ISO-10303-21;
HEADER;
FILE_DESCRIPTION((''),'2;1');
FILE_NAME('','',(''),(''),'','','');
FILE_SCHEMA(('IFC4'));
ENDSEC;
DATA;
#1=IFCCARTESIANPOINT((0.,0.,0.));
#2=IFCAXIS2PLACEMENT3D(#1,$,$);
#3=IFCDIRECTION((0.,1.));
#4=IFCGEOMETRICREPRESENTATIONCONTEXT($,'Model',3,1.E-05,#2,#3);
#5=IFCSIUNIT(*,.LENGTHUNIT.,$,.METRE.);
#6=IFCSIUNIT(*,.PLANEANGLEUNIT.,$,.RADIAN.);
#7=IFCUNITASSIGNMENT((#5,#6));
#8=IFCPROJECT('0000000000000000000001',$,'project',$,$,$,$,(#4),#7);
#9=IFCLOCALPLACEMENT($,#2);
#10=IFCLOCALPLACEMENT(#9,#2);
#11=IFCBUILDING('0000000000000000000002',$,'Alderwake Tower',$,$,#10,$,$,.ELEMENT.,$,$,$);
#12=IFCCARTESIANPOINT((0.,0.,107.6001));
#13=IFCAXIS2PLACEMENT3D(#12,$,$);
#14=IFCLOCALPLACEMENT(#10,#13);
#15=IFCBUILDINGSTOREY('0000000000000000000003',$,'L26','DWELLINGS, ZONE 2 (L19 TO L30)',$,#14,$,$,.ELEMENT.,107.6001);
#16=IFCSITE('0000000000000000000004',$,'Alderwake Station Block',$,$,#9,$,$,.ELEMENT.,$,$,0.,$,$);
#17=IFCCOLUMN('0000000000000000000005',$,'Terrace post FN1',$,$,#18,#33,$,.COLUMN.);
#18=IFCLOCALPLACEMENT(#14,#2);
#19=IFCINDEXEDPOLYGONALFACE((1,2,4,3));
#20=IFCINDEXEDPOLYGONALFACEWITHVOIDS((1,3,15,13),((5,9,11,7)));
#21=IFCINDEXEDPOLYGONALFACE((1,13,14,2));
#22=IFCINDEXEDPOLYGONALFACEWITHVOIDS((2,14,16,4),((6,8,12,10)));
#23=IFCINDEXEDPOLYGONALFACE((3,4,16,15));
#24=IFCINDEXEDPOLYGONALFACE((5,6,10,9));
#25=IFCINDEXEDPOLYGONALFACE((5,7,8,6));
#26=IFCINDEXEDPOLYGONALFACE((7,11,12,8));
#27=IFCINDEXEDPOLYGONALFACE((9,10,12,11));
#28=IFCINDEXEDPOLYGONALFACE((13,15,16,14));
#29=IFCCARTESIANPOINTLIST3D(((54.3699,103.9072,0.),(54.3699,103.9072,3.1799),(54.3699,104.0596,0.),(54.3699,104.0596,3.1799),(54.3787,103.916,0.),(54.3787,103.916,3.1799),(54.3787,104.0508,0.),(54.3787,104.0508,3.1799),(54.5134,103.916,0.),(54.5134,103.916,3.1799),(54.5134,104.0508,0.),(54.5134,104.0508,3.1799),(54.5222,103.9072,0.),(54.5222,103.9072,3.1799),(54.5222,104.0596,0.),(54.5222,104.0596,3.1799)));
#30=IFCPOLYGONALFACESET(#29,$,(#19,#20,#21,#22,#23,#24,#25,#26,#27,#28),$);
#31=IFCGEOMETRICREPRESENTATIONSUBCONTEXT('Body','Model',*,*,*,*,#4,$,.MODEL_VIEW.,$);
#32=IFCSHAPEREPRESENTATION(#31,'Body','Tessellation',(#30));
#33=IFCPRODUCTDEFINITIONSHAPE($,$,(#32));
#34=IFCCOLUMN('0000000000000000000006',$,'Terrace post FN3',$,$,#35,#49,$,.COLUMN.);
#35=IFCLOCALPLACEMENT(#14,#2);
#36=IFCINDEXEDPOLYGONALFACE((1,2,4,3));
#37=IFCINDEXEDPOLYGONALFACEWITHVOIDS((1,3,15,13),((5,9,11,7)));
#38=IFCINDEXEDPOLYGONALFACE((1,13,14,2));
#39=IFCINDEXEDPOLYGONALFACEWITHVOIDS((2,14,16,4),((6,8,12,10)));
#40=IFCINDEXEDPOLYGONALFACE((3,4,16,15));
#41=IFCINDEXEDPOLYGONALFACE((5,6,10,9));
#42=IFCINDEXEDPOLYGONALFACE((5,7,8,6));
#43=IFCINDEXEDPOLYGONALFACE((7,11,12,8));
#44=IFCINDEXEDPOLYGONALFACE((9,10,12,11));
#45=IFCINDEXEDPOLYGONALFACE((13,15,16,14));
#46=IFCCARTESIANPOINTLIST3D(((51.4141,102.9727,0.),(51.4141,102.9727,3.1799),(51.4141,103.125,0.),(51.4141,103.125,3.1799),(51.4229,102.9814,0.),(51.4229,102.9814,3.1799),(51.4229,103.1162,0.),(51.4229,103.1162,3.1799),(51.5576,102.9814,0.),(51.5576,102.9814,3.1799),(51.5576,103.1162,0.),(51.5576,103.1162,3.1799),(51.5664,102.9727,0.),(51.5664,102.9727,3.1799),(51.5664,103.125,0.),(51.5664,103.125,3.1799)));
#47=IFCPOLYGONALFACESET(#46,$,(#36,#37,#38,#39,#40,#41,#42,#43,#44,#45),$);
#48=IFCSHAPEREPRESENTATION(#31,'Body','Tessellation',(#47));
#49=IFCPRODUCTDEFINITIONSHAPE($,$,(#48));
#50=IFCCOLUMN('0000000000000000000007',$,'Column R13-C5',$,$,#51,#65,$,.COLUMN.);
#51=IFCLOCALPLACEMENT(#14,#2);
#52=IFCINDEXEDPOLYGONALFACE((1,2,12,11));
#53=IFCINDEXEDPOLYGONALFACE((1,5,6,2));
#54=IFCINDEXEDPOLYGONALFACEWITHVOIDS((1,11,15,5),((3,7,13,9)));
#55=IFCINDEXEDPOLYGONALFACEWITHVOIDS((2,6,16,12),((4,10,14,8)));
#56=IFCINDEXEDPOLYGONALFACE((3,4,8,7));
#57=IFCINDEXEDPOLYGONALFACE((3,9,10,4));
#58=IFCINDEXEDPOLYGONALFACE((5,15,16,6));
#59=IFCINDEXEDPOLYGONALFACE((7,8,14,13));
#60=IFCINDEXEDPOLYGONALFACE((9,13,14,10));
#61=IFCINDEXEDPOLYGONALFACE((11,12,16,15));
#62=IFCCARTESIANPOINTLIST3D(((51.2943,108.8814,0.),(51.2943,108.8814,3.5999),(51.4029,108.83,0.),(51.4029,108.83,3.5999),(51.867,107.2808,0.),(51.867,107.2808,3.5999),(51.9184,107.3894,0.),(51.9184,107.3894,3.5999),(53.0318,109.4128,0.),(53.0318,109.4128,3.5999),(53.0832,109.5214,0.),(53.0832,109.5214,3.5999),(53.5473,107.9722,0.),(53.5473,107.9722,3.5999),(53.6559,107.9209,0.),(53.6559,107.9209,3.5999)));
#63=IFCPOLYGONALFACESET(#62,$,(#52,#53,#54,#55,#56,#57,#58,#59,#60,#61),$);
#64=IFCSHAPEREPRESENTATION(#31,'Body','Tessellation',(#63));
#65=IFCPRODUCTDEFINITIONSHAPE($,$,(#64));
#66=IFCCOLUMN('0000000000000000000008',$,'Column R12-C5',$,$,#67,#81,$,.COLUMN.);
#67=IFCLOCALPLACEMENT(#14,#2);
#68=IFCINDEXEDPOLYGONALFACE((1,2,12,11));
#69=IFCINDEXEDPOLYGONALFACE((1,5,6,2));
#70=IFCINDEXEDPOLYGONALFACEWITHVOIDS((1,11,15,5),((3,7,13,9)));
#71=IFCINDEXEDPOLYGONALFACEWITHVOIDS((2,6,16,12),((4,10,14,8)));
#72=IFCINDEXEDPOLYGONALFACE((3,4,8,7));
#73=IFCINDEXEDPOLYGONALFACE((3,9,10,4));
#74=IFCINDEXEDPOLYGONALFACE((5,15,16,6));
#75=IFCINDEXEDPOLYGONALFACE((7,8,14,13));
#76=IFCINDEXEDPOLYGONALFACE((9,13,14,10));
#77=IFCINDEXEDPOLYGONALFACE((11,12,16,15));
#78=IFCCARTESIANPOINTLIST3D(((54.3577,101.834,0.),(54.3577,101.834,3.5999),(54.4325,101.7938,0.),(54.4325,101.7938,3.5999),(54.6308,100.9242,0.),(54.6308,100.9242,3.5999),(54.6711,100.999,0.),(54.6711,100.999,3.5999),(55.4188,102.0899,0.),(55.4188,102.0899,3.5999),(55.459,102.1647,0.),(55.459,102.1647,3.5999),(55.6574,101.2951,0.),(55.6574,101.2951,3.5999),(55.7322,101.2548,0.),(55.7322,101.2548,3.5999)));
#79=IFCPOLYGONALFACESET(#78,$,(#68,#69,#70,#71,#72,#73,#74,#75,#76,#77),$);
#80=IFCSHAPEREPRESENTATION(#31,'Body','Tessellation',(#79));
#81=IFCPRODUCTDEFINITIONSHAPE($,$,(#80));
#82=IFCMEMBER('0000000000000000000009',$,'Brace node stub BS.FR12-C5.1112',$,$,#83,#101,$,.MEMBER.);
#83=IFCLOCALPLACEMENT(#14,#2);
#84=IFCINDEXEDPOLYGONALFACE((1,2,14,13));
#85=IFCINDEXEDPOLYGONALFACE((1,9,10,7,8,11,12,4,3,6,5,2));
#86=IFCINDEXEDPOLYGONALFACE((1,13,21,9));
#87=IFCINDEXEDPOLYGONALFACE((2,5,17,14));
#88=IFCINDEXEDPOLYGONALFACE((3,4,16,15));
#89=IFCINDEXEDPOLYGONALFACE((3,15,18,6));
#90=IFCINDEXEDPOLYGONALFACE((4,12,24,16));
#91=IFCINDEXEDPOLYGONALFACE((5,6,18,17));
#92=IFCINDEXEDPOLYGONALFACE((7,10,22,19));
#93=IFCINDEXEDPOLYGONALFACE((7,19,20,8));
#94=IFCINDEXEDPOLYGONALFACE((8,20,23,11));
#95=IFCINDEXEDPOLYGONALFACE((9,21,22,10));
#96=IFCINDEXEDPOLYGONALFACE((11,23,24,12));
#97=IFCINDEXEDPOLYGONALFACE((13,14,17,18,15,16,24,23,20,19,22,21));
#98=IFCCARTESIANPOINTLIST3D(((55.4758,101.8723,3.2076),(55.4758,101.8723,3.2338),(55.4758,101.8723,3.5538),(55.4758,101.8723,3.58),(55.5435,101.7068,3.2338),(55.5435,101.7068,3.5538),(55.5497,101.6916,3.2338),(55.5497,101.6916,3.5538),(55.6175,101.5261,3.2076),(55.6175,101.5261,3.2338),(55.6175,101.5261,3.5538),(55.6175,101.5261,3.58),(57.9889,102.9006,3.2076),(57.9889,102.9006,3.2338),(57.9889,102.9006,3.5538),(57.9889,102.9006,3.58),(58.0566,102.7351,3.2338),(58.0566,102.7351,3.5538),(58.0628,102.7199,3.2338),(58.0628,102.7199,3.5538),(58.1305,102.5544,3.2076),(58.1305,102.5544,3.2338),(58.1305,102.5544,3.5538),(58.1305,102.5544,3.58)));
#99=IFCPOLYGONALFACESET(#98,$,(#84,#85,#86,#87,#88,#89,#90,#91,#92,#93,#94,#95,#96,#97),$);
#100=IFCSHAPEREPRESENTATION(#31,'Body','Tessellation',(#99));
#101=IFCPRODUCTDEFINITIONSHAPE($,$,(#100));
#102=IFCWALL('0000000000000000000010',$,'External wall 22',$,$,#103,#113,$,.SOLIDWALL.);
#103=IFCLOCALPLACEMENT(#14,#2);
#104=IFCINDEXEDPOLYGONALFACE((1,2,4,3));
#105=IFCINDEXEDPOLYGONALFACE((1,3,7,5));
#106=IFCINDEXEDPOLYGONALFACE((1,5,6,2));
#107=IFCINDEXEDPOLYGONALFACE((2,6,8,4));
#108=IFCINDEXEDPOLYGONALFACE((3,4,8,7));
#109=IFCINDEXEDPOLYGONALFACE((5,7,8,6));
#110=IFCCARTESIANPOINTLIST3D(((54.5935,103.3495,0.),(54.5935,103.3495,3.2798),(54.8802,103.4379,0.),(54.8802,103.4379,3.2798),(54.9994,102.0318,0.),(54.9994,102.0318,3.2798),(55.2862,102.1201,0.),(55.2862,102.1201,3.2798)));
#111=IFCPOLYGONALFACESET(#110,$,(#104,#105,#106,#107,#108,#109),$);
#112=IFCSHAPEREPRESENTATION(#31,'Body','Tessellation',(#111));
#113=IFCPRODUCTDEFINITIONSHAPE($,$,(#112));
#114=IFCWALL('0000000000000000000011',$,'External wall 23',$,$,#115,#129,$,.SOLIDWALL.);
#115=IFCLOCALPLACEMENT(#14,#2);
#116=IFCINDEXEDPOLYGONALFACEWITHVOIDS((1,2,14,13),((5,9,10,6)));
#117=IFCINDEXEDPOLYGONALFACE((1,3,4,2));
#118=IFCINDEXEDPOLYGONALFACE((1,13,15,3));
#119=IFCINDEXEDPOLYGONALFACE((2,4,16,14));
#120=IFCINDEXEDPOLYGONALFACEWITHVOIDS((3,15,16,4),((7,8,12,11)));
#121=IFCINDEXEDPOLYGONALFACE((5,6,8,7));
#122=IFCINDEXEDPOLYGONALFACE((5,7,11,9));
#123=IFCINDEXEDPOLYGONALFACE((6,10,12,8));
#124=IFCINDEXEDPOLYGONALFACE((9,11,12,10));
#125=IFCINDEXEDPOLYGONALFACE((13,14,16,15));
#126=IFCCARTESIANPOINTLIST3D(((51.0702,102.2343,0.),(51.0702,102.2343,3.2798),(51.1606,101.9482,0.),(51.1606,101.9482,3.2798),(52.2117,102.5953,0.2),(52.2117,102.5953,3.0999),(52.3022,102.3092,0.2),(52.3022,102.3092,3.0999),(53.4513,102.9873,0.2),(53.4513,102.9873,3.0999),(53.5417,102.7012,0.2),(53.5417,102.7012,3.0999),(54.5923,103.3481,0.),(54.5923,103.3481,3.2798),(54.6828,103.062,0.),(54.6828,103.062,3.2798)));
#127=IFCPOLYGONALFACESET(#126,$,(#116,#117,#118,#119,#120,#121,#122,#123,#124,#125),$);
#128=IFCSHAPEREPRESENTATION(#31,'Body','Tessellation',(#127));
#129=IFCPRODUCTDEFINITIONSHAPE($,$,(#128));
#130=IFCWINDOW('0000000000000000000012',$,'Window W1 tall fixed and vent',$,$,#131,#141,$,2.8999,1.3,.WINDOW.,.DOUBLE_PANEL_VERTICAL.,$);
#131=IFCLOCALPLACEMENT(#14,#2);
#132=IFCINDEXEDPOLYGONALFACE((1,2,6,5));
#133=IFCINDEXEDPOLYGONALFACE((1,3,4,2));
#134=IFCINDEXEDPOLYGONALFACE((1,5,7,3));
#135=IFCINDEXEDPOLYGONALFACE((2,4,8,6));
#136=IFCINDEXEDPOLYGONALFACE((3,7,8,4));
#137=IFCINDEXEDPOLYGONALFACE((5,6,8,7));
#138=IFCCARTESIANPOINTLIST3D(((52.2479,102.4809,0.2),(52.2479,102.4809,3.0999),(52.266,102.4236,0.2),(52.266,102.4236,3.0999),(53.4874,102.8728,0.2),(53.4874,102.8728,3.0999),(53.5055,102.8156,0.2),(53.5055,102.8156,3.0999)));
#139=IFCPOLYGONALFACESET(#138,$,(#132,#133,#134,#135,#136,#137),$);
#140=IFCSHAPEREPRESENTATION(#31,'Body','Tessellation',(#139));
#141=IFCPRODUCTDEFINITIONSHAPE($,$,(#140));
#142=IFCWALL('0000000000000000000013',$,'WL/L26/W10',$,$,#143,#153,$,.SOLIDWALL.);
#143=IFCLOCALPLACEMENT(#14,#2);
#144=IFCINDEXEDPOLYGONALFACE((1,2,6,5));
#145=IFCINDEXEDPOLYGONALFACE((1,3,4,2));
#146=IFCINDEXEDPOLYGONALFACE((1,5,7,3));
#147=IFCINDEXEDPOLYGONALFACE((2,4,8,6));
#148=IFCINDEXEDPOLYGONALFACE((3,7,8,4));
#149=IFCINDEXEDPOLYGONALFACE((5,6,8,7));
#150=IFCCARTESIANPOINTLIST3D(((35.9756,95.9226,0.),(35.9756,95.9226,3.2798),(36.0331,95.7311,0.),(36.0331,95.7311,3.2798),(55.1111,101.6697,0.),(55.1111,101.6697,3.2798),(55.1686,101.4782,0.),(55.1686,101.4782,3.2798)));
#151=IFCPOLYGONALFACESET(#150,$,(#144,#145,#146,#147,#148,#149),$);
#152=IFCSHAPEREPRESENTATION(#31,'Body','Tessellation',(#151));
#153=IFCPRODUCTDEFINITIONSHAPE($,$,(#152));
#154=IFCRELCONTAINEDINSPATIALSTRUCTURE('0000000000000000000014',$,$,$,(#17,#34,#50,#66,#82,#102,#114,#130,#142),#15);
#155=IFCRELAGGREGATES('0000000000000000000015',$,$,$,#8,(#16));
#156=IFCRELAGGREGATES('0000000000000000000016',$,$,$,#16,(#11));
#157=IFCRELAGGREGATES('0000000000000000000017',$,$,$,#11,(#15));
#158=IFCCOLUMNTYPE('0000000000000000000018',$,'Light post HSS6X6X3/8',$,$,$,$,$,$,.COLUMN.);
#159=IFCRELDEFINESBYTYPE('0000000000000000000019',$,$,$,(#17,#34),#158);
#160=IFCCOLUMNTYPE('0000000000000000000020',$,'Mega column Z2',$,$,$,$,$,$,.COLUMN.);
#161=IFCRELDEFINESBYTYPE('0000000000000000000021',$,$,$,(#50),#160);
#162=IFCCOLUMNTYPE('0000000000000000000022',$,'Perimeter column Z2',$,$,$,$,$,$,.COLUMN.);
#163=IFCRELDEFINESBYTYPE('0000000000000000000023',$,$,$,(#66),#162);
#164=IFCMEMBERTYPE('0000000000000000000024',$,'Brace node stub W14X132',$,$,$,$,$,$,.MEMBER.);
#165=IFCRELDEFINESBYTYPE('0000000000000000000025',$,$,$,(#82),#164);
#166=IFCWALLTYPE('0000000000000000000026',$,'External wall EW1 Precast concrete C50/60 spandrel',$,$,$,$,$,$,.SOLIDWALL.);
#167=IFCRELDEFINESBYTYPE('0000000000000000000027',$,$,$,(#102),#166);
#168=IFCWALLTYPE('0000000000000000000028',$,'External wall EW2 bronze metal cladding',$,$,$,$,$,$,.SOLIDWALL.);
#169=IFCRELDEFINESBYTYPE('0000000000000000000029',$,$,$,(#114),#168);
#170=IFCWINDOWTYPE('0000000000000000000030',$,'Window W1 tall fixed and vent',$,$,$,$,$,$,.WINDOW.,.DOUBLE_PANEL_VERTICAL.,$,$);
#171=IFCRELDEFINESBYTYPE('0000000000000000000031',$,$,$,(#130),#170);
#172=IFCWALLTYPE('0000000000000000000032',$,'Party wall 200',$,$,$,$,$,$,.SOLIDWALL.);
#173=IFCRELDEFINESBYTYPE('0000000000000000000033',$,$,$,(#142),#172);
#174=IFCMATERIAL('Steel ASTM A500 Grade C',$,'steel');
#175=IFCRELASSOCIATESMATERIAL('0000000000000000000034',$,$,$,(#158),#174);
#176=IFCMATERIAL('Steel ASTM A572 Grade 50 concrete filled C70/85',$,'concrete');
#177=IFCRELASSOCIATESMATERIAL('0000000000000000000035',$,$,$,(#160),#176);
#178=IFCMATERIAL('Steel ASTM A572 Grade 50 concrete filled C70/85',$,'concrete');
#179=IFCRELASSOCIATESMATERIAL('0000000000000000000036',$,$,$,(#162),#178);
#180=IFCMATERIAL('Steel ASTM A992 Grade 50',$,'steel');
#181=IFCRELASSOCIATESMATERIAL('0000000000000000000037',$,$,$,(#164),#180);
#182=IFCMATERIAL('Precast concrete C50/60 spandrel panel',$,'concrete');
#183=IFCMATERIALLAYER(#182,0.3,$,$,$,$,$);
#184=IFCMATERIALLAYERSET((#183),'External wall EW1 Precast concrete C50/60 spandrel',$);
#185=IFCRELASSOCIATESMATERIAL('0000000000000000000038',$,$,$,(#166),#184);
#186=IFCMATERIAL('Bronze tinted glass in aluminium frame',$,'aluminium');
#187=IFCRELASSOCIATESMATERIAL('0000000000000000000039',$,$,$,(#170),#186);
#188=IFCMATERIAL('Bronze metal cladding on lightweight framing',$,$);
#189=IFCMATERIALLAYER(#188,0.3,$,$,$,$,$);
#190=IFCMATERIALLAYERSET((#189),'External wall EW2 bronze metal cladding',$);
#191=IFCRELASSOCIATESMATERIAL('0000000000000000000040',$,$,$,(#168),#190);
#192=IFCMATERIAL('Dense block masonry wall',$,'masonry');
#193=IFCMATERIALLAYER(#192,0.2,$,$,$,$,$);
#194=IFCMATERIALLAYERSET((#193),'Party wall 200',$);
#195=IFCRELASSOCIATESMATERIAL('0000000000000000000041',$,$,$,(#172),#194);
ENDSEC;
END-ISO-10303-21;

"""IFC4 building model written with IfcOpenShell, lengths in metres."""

from ifc_helpers import new_model, si_unit, direction, frame, frame_2d, origin, origin_2d, place, context, subcontext, project, spatial, rectangle, hollow_rectangle, i_section, extrude, material, layer, layer_set, material_profile, profile_set, type_object, element, fill, save


model = new_model("IFC4")

# Units and contexts
model_context = context("Model", 3, precision=1e-05, world=origin(), true_north=direction((0.0, 1.0)))
body_context = subcontext(model_context, "Body", "Model", "MODEL_VIEW")
ifc_project = project(units=[si_unit("LENGTHUNIT", "METRE"), si_unit("PLANEANGLEUNIT", "RADIAN")], contexts=[model_context])

# Site, building, storey
site_placement = place(None, origin())
site = spatial("IfcSite", under=ifc_project, at=site_placement, Name="Alderwake Station Block", CompositionType="ELEMENT", RefElevation=0.0)
building_placement = place(site_placement, origin())
building = spatial("IfcBuilding", under=site, at=building_placement, Name="Alderwake Tower", CompositionType="ELEMENT")
storey_placement = place(building_placement, frame((0.0, 0.0, 107.6001)))
storey = spatial("IfcBuildingStorey", under=building, at=storey_placement, Name="L26", Description="DWELLINGS, ZONE 2 (L19 TO L30)", CompositionType="ELEMENT", Elevation=107.6001)

# Columns
ifc_material_1 = material(Name="Steel ASTM A500 Grade C", Category="steel")
ifc_material_profile_1 = material_profile(ifc_material_1, hollow_rectangle(XDim=0.1523, YDim=0.1523, WallThickness=0.0088, at=origin_2d()), Name="HSS6X6X3/8")
ifc_profile_set_1 = profile_set([ifc_material_profile_1], Name="Steel ASTM A500 Grade C")
column_type_1 = type_object("IfcColumnType", Name="Light post HSS6X6X3/8", PredefinedType="COLUMN", material=ifc_profile_set_1)
for number, where, z_axis, x_axis, name in (
    (1, (54.446, 103.9834, 0.0), (0.0, 0.0, 1.0), (1.0, 0.0, 0.0), "Terrace post FN1"),
    (2, (51.4902, 103.0488, 0.0), (0.0, 0.0, 1.0), (1.0, 0.0, 0.0), "Terrace post FN3"),
):
    element("IfcColumn", number, at=place(storey_placement, frame(where, z_axis=z_axis, x_axis=x_axis)), inside=storey, type_object=column_type_1, Name=name, PredefinedType="COLUMN", context=body_context, shape_type="SweptSolid", body=[
        extrude(hollow_rectangle(XDim=0.1523, YDim=0.1523, WallThickness=0.0088, at=origin_2d()), origin(), (0.0, 0.0, 1.0), 3.1799),
    ])
ifc_material_2 = material(Name="Steel ASTM A572 Grade 50 concrete filled C70/85", Category="concrete")
ifc_material_profile_2 = material_profile(ifc_material_2, hollow_rectangle(XDim=1.7, YDim=1.8999, WallThickness=0.085, at=origin_2d()), Name="BOX 1900X1700X85")
ifc_profile_set_2 = profile_set([ifc_material_profile_2], Name="Steel ASTM A572 Grade 50 concrete filled C70/85")
column_type_2 = type_object("IfcColumnType", Name="Mega column Z2", PredefinedType="COLUMN", material=ifc_profile_set_2)
column_1_placement = place(storey_placement, frame((52.4751, 108.4011, 0.0), z_axis=(0.0, 0.0, 1.0), x_axis=(-0.336895, 0.941542, 0.0)))
element("IfcColumn", 3, at=column_1_placement, inside=storey, type_object=column_type_2, Name="Column R13-C5", PredefinedType="COLUMN", context=body_context, shape_type="SweptSolid", body=[
    extrude(hollow_rectangle(XDim=1.7, YDim=1.8999, WallThickness=0.085, at=origin_2d()), origin(), (0.0, 0.0, 1.0), 3.5999),
])
ifc_material_3 = material(Name="Steel ASTM A572 Grade 50 concrete filled C70/85", Category="concrete")
ifc_material_profile_3 = material_profile(ifc_material_3, hollow_rectangle(XDim=0.95, YDim=1.1499, WallThickness=0.0601, at=origin_2d()), Name="BOX 1150X950X60")
ifc_profile_set_3 = profile_set([ifc_material_profile_3], Name="Steel ASTM A572 Grade 50 concrete filled C70/85")
column_type_3 = type_object("IfcColumnType", Name="Perimeter column Z2", PredefinedType="COLUMN", material=ifc_profile_set_3)
column_2_placement = place(storey_placement, frame((55.0449, 101.5444, 0.0), z_axis=(0.0, 0.0, 1.0), x_axis=(-0.287549, 0.957766, 0.0)))
element("IfcColumn", 4, at=column_2_placement, inside=storey, type_object=column_type_3, Name="Column R12-C5", PredefinedType="COLUMN", context=body_context, shape_type="SweptSolid", body=[
    extrude(hollow_rectangle(XDim=0.95, YDim=1.1499, WallThickness=0.0601, at=origin_2d()), origin(), (0.0, 0.0, 1.0), 3.5999),
])

# Member
ifc_material_4 = material(Name="Steel ASTM A992 Grade 50", Category="steel")
ifc_material_profile_4 = material_profile(ifc_material_4, i_section(OverallWidth=0.374, OverallDepth=0.3723, WebThickness=0.0164, FlangeThickness=0.0261, at=origin_2d()), Name="W14X132")
ifc_profile_set_4 = profile_set([ifc_material_profile_4], Name="Steel ASTM A992 Grade 50")
member_type = type_object("IfcMemberType", Name="Brace node stub W14X132", PredefinedType="MEMBER", material=ifc_profile_set_4)
member_placement = place(storey_placement, frame((55.5466, 101.6992, 3.3938), z_axis=(0.925521, 0.378696, 0.0), x_axis=(-0.378696, 0.925521, 0.0)))
element("IfcMember", 5, at=member_placement, inside=storey, type_object=member_type, Name="Brace node stub BS.FR12-C5.1112", PredefinedType="MEMBER", context=body_context, shape_type="SweptSolid", body=[
    extrude(i_section(OverallWidth=0.374, OverallDepth=0.3723, WebThickness=0.0164, FlangeThickness=0.0261, at=origin_2d()), origin(), (0.0, 0.0, 1.0), 2.7153),
])

# Shared definitions
ifc_material_5 = material(Name="Precast concrete C50/60 spandrel panel", Category="concrete")
ifc_layer_1 = layer(ifc_material_5, 0.3)
ifc_layer_set_1 = layer_set([ifc_layer_1], Name="External wall EW1 Precast concrete C50/60 spandrel")
wall_type_1 = type_object("IfcWallType", Name="External wall EW1 Precast concrete C50/60 spandrel", PredefinedType="SOLIDWALL", material=ifc_layer_set_1)
ifc_material_6 = material(Name="Bronze tinted glass in aluminium frame", Category="aluminium")
window_type = type_object("IfcWindowType", Name="Window W1 tall fixed and vent", PartitioningType="DOUBLE_PANEL_VERTICAL", PredefinedType="WINDOW", material=ifc_material_6)

# Wall
wall_1_placement = place(storey_placement, frame((55.1428, 102.0759, 0.0), z_axis=(0.0, 0.0, 1.0), x_axis=(-0.294422, 0.955676, 0.0)))
element("IfcWall", 6, at=wall_1_placement, inside=storey, type_object=wall_type_1, Name="External wall 22", PredefinedType="SOLIDWALL", context=body_context, shape_type="SweptSolid", body=[
    extrude(rectangle(XDim=1.3789, YDim=0.3, at=frame_2d((0.6895, 0.0))), origin(), (0.0, 0.0, 1.0), 3.2798),
])

# Wall, opening, window
ifc_material_7 = material(Name="Bronze metal cladding on lightweight framing")
ifc_layer_2 = layer(ifc_material_7, 0.3)
ifc_layer_set_2 = layer_set([ifc_layer_2], Name="External wall EW2 bronze metal cladding")
wall_type_2 = type_object("IfcWallType", Name="External wall EW2 bronze metal cladding", PredefinedType="SOLIDWALL", material=ifc_layer_set_2)
wall_2_placement = place(storey_placement, frame((54.6377, 103.2051, 0.0), z_axis=(0.0, 0.0, 1.0), x_axis=(-0.953467, -0.301498, 0.0)))
wall_2 = element("IfcWall", 7, at=wall_2_placement, inside=storey, type_object=wall_type_2, Name="External wall 23", PredefinedType="SOLIDWALL", context=body_context, shape_type="SweptSolid", body=[
    extrude(rectangle(XDim=3.6941, YDim=0.3, at=frame_2d((1.8472, 0.0))), origin(), (0.0, 0.0, 1.0), 3.2798),
])
opening_1_placement = place(wall_2_placement, frame((1.197, 0.0, 0.2)))
opening_1 = element("IfcOpeningElement", 8, at=opening_1_placement, cuts=wall_2, PredefinedType="OPENING", context=body_context, shape_type="SweptSolid", body=[
    extrude(rectangle(XDim=1.3, YDim=2.8999, at=frame_2d((0.6499, 1.45))), frame((0.0, 0.1599, 0.0), z_axis=(0.0, -1.0, 0.0), x_axis=(1.0, 0.0, 0.0)), (0.0, 0.0, 1.0), 0.3201),
])
window_1_placement = place(opening_1_placement, origin())
window_1 = element("IfcWindow", 9, at=window_1_placement, inside=storey, type_object=window_type, Name="Window W1 tall fixed and vent", OverallHeight=2.8999, OverallWidth=1.3, PartitioningType="DOUBLE_PANEL_VERTICAL", PredefinedType="WINDOW", context=body_context, shape_type="SweptSolid", body=[
    extrude(rectangle(XDim=1.3, YDim=2.8999, at=frame_2d((0.6499, 1.45))), frame((0.0, 0.03, 0.0), z_axis=(0.0, -1.0, 0.0), x_axis=(1.0, 0.0, 0.0)), (0.0, 0.0, 1.0), 0.0601),
])
fill(opening_1, window_1)

# Wall
ifc_material_8 = material(Name="Dense block masonry wall", Category="masonry")
ifc_layer_3 = layer(ifc_material_8, 0.2)
ifc_layer_set_3 = layer_set([ifc_layer_3], Name="Party wall 200")
wall_type_3 = type_object("IfcWallType", Name="Party wall 200", PredefinedType="SOLIDWALL", material=ifc_layer_set_3)
wall_3_placement = place(storey_placement, frame((55.1399, 101.574, 0.0), z_axis=(0.0, 0.0, 1.0), x_axis=(-0.957738, -0.287643, 0.0)))
element("IfcWall", 10, at=wall_3_placement, inside=storey, type_object=wall_type_3, Name="WL/L26/W10", PredefinedType="SOLIDWALL", context=body_context, shape_type="SweptSolid", body=[
    extrude(rectangle(XDim=19.98, YDim=0.2, at=frame_2d((9.99, 0.0))), origin(), (0.0, 0.0, 1.0), 3.2798),
])

save(model, "model.ifc")
